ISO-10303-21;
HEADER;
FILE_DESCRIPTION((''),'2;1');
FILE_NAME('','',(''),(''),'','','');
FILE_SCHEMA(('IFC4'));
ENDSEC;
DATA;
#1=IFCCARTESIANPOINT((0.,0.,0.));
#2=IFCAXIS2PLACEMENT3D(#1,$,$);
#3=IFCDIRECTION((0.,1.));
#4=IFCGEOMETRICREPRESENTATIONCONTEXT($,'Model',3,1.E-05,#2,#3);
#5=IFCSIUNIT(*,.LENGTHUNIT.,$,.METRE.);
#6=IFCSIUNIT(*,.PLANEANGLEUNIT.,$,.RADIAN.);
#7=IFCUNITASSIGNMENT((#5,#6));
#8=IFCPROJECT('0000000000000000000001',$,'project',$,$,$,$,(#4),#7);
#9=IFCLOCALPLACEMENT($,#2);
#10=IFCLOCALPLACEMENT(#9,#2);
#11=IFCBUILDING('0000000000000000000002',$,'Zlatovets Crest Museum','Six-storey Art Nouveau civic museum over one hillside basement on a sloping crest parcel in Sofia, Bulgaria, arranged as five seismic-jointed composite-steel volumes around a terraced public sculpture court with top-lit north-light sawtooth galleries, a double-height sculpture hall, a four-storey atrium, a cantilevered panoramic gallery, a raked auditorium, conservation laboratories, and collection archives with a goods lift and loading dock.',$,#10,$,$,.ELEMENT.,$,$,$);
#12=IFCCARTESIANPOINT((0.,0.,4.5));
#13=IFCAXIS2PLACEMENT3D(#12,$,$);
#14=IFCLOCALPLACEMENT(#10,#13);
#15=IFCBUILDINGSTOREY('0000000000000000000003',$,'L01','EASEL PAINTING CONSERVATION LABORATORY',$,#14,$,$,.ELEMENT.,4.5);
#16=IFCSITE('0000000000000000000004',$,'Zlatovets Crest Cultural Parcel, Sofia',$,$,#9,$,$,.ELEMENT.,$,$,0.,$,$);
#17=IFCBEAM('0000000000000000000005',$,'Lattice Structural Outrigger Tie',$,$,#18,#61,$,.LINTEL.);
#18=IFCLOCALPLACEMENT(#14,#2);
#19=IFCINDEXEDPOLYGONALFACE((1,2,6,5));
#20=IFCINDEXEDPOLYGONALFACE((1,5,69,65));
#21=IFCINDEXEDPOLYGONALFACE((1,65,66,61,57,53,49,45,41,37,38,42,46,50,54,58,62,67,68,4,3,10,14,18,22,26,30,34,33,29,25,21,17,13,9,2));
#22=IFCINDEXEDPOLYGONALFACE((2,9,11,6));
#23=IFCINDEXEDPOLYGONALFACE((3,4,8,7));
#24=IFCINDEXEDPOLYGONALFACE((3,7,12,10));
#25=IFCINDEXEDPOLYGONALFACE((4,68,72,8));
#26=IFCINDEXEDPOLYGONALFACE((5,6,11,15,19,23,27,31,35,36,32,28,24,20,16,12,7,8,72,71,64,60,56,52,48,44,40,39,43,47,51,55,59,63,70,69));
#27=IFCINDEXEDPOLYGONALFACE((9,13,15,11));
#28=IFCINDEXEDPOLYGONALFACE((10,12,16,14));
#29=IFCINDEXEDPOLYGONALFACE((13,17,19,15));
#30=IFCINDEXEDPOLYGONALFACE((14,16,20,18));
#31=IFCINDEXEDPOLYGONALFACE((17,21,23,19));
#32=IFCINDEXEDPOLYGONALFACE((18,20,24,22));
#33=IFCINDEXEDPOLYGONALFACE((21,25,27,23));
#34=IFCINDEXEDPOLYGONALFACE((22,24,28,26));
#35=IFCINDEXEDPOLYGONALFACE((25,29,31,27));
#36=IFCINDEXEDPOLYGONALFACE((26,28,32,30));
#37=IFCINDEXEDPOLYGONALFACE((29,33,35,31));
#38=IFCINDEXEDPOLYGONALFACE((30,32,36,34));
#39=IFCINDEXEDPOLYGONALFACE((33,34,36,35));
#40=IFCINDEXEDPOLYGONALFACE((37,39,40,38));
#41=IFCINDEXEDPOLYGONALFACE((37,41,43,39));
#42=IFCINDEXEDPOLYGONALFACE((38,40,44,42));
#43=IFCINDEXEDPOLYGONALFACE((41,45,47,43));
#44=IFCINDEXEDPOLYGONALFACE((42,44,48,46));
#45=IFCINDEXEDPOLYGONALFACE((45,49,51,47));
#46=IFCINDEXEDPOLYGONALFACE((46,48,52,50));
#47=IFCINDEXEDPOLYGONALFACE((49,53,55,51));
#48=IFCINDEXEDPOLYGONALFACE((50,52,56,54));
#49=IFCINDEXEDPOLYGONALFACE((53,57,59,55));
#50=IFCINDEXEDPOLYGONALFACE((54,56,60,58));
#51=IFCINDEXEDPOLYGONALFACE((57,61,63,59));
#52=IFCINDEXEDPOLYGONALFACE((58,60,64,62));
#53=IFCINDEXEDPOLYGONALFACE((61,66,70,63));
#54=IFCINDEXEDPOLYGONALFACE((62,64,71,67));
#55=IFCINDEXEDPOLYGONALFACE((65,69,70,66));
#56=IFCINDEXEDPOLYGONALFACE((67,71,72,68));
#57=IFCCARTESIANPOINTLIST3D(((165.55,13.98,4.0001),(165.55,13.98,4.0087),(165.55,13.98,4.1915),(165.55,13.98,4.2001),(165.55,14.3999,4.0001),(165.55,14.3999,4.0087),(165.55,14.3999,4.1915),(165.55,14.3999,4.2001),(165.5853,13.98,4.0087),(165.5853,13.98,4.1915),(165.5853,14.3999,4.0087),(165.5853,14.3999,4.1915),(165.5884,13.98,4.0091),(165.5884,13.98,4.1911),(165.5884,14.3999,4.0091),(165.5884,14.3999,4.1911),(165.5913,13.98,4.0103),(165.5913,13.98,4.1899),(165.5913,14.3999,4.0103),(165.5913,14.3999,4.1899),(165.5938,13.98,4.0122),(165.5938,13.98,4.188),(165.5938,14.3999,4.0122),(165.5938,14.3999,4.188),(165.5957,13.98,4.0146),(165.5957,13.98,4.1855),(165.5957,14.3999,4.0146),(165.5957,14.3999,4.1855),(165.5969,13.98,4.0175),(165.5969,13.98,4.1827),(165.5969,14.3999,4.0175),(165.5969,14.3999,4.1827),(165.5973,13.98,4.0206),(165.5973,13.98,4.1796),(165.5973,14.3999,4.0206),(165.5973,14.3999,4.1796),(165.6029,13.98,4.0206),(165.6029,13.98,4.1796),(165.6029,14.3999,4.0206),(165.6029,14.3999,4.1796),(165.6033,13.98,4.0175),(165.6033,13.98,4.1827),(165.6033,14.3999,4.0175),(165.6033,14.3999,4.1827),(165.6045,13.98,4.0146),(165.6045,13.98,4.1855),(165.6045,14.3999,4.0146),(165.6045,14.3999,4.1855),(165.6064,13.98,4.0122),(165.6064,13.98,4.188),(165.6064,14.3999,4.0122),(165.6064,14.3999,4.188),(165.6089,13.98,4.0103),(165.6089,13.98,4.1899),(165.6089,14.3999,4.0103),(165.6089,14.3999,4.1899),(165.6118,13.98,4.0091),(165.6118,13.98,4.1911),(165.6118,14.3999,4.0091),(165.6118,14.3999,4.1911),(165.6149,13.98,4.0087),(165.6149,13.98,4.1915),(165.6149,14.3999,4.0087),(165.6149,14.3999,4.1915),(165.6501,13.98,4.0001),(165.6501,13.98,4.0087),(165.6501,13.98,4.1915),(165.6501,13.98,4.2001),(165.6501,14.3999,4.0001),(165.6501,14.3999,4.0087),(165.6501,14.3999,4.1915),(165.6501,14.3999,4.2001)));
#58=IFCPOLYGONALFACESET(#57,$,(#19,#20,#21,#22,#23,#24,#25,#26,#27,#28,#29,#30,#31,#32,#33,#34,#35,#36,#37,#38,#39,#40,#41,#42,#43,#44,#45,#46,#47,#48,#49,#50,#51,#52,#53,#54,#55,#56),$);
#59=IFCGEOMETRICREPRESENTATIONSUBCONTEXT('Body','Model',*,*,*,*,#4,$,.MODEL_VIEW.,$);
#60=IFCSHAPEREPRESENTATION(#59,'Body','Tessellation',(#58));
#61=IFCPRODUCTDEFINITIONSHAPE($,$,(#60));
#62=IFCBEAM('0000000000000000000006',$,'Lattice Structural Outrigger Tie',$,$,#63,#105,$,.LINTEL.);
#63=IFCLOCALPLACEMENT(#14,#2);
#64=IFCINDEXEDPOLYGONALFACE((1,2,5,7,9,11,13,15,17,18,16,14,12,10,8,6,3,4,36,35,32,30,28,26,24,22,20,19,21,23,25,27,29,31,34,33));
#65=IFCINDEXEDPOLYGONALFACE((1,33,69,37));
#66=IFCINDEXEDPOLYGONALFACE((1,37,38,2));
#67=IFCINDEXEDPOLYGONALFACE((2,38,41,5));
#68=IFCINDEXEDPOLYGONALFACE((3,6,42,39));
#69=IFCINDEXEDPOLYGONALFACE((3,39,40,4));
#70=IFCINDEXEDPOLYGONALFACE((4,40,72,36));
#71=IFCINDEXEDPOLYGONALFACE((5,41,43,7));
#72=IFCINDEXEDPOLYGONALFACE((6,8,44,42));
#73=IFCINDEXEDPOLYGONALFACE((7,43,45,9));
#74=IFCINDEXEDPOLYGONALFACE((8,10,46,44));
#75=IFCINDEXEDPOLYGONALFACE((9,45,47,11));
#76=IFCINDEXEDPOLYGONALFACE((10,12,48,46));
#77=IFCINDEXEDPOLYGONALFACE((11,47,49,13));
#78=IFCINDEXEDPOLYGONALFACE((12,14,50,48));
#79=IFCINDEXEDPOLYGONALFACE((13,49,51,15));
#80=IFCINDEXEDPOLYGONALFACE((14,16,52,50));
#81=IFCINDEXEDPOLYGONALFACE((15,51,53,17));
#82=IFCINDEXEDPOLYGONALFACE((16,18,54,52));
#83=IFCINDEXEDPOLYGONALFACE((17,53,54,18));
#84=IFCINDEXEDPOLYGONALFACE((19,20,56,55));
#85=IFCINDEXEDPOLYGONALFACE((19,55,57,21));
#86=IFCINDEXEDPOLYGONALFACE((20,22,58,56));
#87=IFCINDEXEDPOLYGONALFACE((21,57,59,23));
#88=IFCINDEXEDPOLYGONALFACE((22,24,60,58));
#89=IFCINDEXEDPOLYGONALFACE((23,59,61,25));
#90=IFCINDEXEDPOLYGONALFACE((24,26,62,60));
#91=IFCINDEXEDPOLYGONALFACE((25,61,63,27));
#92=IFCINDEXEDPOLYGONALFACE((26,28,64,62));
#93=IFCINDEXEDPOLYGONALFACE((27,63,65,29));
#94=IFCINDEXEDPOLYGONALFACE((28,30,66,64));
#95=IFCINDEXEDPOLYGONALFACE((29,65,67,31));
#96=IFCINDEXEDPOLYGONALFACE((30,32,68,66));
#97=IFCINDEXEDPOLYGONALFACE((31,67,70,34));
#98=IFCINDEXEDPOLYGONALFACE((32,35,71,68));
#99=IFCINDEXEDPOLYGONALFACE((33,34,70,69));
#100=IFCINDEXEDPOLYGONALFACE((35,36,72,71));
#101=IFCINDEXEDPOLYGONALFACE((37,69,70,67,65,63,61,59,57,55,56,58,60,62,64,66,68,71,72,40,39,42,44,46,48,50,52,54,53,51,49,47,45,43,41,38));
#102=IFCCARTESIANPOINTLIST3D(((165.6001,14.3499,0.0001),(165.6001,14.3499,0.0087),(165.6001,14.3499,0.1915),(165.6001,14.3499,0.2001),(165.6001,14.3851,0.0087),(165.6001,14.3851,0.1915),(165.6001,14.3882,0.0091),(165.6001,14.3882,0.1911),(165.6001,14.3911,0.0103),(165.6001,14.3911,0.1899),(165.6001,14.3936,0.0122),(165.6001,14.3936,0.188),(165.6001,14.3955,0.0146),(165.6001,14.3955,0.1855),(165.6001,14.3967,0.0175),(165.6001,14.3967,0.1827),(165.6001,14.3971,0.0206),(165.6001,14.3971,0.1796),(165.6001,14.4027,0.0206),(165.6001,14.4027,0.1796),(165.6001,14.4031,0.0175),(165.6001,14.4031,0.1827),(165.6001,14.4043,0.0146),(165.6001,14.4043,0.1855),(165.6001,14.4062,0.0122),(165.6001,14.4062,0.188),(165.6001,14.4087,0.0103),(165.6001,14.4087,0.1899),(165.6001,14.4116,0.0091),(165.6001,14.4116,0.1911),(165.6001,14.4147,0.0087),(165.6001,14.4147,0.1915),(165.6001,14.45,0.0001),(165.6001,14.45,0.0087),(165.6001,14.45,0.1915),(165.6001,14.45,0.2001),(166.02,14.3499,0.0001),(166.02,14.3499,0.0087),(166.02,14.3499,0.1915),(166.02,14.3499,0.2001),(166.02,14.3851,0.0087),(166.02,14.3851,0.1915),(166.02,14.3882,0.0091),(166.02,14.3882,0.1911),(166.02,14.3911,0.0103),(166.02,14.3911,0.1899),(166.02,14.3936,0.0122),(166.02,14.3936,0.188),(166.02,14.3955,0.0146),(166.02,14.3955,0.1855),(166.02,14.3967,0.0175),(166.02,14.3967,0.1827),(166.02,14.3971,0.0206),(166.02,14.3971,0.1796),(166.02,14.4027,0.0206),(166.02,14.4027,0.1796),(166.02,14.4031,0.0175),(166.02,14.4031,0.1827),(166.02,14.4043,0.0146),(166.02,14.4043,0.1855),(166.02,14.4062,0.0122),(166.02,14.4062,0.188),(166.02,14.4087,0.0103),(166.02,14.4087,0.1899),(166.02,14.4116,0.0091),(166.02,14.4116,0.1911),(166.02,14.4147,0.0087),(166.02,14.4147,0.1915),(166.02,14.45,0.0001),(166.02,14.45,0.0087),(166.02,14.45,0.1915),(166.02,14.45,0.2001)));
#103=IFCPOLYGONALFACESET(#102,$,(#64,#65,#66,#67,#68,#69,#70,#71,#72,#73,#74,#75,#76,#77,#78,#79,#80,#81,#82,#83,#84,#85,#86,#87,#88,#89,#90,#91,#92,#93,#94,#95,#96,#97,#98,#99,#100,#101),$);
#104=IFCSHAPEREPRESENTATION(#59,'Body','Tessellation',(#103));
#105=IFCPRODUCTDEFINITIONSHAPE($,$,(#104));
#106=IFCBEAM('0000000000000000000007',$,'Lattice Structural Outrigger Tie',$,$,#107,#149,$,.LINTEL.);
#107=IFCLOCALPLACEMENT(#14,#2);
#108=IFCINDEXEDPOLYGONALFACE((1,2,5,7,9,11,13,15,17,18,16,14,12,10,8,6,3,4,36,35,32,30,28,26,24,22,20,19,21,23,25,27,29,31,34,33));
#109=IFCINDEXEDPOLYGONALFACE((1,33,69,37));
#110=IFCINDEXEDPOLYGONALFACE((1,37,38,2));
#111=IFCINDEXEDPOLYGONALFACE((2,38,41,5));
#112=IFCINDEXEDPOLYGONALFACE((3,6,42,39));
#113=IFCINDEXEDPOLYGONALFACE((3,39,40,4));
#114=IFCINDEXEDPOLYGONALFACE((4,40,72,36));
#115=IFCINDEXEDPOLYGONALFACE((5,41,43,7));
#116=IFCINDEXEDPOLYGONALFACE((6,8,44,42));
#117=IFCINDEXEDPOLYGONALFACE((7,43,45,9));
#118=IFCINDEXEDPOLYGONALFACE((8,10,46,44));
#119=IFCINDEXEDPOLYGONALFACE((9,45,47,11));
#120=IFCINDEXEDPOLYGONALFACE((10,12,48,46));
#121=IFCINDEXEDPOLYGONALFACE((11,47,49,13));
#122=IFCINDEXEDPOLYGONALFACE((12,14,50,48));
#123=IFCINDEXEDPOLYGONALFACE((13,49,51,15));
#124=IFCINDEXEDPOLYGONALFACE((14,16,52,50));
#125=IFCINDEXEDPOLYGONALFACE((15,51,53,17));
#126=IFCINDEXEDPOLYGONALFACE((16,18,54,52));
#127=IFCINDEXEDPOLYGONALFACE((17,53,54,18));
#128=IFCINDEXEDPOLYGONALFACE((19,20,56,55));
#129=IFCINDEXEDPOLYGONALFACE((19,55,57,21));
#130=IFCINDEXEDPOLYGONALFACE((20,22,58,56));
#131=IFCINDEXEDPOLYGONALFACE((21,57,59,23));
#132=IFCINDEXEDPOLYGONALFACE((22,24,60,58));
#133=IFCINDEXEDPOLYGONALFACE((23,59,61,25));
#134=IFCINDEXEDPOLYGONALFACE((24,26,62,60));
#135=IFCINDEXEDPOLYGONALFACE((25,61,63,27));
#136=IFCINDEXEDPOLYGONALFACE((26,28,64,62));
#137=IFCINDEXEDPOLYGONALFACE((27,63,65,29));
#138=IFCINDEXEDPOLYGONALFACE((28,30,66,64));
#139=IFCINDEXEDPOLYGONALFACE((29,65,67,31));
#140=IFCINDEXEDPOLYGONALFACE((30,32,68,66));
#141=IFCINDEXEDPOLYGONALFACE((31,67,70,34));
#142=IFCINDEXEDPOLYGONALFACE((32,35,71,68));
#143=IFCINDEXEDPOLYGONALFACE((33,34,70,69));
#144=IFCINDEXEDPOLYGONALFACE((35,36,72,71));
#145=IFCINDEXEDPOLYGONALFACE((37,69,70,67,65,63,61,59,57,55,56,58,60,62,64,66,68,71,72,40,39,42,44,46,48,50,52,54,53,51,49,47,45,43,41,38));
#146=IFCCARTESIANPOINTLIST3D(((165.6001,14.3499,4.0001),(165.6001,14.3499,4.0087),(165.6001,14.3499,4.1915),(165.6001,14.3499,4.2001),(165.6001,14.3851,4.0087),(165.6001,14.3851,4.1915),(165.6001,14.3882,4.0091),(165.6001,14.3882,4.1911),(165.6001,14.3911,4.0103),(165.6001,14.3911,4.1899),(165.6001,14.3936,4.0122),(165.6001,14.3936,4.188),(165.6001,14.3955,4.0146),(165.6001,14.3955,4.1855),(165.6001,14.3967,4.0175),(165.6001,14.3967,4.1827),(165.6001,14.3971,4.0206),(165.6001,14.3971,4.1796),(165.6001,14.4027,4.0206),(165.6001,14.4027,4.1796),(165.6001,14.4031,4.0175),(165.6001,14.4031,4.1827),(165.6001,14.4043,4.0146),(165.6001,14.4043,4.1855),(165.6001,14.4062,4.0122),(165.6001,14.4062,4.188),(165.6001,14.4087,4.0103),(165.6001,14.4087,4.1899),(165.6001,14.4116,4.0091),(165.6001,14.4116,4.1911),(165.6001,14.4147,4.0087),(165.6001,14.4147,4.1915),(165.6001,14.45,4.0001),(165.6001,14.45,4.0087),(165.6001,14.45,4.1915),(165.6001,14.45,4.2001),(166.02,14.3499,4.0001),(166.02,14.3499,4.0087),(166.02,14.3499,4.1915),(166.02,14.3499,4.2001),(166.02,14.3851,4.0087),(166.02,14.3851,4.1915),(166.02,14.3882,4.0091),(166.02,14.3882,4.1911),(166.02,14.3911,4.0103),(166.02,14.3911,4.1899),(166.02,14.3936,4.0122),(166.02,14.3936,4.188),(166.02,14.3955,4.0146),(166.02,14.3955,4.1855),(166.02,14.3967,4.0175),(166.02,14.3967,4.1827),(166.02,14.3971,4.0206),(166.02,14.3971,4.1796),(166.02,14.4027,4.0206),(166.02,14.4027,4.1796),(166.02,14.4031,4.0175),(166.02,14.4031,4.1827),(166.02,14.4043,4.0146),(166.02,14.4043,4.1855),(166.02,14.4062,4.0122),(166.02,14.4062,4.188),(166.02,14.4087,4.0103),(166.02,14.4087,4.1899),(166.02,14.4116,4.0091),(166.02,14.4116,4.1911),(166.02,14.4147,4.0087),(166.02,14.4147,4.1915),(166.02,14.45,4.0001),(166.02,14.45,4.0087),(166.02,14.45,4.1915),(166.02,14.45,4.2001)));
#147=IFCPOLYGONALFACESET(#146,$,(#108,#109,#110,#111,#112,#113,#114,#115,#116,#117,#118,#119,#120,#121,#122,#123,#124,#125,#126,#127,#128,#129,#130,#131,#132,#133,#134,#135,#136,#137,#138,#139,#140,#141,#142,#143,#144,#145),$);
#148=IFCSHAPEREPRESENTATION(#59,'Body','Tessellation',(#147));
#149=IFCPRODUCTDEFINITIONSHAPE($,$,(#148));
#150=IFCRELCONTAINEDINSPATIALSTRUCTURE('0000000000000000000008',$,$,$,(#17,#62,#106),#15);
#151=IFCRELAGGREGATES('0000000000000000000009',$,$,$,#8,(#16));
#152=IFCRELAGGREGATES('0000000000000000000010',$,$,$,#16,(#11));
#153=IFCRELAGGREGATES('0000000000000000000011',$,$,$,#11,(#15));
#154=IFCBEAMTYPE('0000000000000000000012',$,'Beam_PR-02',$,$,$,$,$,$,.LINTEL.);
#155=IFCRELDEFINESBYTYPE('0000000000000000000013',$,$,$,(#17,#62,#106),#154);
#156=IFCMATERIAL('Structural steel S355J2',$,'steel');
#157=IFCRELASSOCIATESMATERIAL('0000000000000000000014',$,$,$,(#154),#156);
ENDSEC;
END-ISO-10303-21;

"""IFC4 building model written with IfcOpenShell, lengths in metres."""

from ifc_helpers import new_model, si_unit, direction, frame, origin, origin_2d, place, context, subcontext, project, spatial, i_section, extrude, material, material_profile, profile_set, type_object, element, save


model = new_model("IFC4")

# Units and contexts
model_context = context("Model", 3, precision=1e-05, world=origin(), true_north=direction((0.0, 1.0)))
body_context = subcontext(model_context, "Body", "Model", "MODEL_VIEW")
ifc_project = project(units=[si_unit("LENGTHUNIT", "METRE"), si_unit("PLANEANGLEUNIT", "RADIAN")], contexts=[model_context])

# Site, building, storey
site_placement = place(None, origin())
site = spatial("IfcSite", under=ifc_project, at=site_placement, Name="Zlatovets Crest Cultural Parcel, Sofia", CompositionType="ELEMENT", RefElevation=0.0)
building_placement = place(site_placement, origin())
building = spatial("IfcBuilding", under=site, at=building_placement, Name="Zlatovets Crest Museum", Description="Six-storey Art Nouveau civic museum over one hillside basement on a sloping crest parcel in Sofia, Bulgaria, arranged as five seismic-jointed composite-steel volumes around a terraced public sculpture court with top-lit north-light sawtooth galleries, a double-height sculpture hall, a four-storey atrium, a cantilevered panoramic gallery, a raked auditorium, conservation laboratories, and collection archives with a goods lift and loading dock.", CompositionType="ELEMENT")
storey_placement = place(building_placement, frame((0.0, 0.0, 4.5)))
storey = spatial("IfcBuildingStorey", under=building, at=storey_placement, Name="L01", Description="EASEL PAINTING CONSERVATION LABORATORY", CompositionType="ELEMENT", Elevation=4.5)

# Shared definitions
ifc_material_1 = material(Name="Structural steel S355J2", Category="steel")

# Beams
ifc_material_profile_1 = material_profile(ifc_material_1, i_section(OverallWidth=0.1001, OverallDepth=0.2, WebThickness=0.0056, FlangeThickness=0.0085, FilletRadius=0.012, at=origin_2d()), Name="IPE 200")
ifc_profile_set_1 = profile_set([ifc_material_profile_1], Name="Structural steel S355J2")
beam_type_1 = type_object("IfcBeamType", Name="Beam_PR-02", PredefinedType="LINTEL", material=ifc_profile_set_1)
for number, where, z_axis, x_axis, name in (
    (1, (165.6001, 14.3999, 4.1001), (0.0, -1.0, 0.0), (1.0, 0.0, 0.0), "Lattice Structural Outrigger Tie"),
    (2, (165.6001, 14.3999, 0.1001), (1.0, 0.0, 0.0), (0.0, 1.0, 0.0), "Lattice Structural Outrigger Tie"),
    (3, (165.6001, 14.3999, 4.1001), (1.0, 0.0, 0.0), (0.0, 1.0, 0.0), "Lattice Structural Outrigger Tie"),
):
    element("IfcBeam", number, at=place(storey_placement, frame(where, z_axis=z_axis, x_axis=x_axis)), inside=storey, type_object=beam_type_1, Name=name, PredefinedType="LINTEL", context=body_context, shape_type="SweptSolid", body=[
        extrude(i_section(OverallWidth=0.1001, OverallDepth=0.2, WebThickness=0.0056, FlangeThickness=0.0085, FilletRadius=0.012, at=origin_2d()), origin(), (0.0, 0.0, 1.0), 0.4199),
    ])

save(model, "model.ifc")
